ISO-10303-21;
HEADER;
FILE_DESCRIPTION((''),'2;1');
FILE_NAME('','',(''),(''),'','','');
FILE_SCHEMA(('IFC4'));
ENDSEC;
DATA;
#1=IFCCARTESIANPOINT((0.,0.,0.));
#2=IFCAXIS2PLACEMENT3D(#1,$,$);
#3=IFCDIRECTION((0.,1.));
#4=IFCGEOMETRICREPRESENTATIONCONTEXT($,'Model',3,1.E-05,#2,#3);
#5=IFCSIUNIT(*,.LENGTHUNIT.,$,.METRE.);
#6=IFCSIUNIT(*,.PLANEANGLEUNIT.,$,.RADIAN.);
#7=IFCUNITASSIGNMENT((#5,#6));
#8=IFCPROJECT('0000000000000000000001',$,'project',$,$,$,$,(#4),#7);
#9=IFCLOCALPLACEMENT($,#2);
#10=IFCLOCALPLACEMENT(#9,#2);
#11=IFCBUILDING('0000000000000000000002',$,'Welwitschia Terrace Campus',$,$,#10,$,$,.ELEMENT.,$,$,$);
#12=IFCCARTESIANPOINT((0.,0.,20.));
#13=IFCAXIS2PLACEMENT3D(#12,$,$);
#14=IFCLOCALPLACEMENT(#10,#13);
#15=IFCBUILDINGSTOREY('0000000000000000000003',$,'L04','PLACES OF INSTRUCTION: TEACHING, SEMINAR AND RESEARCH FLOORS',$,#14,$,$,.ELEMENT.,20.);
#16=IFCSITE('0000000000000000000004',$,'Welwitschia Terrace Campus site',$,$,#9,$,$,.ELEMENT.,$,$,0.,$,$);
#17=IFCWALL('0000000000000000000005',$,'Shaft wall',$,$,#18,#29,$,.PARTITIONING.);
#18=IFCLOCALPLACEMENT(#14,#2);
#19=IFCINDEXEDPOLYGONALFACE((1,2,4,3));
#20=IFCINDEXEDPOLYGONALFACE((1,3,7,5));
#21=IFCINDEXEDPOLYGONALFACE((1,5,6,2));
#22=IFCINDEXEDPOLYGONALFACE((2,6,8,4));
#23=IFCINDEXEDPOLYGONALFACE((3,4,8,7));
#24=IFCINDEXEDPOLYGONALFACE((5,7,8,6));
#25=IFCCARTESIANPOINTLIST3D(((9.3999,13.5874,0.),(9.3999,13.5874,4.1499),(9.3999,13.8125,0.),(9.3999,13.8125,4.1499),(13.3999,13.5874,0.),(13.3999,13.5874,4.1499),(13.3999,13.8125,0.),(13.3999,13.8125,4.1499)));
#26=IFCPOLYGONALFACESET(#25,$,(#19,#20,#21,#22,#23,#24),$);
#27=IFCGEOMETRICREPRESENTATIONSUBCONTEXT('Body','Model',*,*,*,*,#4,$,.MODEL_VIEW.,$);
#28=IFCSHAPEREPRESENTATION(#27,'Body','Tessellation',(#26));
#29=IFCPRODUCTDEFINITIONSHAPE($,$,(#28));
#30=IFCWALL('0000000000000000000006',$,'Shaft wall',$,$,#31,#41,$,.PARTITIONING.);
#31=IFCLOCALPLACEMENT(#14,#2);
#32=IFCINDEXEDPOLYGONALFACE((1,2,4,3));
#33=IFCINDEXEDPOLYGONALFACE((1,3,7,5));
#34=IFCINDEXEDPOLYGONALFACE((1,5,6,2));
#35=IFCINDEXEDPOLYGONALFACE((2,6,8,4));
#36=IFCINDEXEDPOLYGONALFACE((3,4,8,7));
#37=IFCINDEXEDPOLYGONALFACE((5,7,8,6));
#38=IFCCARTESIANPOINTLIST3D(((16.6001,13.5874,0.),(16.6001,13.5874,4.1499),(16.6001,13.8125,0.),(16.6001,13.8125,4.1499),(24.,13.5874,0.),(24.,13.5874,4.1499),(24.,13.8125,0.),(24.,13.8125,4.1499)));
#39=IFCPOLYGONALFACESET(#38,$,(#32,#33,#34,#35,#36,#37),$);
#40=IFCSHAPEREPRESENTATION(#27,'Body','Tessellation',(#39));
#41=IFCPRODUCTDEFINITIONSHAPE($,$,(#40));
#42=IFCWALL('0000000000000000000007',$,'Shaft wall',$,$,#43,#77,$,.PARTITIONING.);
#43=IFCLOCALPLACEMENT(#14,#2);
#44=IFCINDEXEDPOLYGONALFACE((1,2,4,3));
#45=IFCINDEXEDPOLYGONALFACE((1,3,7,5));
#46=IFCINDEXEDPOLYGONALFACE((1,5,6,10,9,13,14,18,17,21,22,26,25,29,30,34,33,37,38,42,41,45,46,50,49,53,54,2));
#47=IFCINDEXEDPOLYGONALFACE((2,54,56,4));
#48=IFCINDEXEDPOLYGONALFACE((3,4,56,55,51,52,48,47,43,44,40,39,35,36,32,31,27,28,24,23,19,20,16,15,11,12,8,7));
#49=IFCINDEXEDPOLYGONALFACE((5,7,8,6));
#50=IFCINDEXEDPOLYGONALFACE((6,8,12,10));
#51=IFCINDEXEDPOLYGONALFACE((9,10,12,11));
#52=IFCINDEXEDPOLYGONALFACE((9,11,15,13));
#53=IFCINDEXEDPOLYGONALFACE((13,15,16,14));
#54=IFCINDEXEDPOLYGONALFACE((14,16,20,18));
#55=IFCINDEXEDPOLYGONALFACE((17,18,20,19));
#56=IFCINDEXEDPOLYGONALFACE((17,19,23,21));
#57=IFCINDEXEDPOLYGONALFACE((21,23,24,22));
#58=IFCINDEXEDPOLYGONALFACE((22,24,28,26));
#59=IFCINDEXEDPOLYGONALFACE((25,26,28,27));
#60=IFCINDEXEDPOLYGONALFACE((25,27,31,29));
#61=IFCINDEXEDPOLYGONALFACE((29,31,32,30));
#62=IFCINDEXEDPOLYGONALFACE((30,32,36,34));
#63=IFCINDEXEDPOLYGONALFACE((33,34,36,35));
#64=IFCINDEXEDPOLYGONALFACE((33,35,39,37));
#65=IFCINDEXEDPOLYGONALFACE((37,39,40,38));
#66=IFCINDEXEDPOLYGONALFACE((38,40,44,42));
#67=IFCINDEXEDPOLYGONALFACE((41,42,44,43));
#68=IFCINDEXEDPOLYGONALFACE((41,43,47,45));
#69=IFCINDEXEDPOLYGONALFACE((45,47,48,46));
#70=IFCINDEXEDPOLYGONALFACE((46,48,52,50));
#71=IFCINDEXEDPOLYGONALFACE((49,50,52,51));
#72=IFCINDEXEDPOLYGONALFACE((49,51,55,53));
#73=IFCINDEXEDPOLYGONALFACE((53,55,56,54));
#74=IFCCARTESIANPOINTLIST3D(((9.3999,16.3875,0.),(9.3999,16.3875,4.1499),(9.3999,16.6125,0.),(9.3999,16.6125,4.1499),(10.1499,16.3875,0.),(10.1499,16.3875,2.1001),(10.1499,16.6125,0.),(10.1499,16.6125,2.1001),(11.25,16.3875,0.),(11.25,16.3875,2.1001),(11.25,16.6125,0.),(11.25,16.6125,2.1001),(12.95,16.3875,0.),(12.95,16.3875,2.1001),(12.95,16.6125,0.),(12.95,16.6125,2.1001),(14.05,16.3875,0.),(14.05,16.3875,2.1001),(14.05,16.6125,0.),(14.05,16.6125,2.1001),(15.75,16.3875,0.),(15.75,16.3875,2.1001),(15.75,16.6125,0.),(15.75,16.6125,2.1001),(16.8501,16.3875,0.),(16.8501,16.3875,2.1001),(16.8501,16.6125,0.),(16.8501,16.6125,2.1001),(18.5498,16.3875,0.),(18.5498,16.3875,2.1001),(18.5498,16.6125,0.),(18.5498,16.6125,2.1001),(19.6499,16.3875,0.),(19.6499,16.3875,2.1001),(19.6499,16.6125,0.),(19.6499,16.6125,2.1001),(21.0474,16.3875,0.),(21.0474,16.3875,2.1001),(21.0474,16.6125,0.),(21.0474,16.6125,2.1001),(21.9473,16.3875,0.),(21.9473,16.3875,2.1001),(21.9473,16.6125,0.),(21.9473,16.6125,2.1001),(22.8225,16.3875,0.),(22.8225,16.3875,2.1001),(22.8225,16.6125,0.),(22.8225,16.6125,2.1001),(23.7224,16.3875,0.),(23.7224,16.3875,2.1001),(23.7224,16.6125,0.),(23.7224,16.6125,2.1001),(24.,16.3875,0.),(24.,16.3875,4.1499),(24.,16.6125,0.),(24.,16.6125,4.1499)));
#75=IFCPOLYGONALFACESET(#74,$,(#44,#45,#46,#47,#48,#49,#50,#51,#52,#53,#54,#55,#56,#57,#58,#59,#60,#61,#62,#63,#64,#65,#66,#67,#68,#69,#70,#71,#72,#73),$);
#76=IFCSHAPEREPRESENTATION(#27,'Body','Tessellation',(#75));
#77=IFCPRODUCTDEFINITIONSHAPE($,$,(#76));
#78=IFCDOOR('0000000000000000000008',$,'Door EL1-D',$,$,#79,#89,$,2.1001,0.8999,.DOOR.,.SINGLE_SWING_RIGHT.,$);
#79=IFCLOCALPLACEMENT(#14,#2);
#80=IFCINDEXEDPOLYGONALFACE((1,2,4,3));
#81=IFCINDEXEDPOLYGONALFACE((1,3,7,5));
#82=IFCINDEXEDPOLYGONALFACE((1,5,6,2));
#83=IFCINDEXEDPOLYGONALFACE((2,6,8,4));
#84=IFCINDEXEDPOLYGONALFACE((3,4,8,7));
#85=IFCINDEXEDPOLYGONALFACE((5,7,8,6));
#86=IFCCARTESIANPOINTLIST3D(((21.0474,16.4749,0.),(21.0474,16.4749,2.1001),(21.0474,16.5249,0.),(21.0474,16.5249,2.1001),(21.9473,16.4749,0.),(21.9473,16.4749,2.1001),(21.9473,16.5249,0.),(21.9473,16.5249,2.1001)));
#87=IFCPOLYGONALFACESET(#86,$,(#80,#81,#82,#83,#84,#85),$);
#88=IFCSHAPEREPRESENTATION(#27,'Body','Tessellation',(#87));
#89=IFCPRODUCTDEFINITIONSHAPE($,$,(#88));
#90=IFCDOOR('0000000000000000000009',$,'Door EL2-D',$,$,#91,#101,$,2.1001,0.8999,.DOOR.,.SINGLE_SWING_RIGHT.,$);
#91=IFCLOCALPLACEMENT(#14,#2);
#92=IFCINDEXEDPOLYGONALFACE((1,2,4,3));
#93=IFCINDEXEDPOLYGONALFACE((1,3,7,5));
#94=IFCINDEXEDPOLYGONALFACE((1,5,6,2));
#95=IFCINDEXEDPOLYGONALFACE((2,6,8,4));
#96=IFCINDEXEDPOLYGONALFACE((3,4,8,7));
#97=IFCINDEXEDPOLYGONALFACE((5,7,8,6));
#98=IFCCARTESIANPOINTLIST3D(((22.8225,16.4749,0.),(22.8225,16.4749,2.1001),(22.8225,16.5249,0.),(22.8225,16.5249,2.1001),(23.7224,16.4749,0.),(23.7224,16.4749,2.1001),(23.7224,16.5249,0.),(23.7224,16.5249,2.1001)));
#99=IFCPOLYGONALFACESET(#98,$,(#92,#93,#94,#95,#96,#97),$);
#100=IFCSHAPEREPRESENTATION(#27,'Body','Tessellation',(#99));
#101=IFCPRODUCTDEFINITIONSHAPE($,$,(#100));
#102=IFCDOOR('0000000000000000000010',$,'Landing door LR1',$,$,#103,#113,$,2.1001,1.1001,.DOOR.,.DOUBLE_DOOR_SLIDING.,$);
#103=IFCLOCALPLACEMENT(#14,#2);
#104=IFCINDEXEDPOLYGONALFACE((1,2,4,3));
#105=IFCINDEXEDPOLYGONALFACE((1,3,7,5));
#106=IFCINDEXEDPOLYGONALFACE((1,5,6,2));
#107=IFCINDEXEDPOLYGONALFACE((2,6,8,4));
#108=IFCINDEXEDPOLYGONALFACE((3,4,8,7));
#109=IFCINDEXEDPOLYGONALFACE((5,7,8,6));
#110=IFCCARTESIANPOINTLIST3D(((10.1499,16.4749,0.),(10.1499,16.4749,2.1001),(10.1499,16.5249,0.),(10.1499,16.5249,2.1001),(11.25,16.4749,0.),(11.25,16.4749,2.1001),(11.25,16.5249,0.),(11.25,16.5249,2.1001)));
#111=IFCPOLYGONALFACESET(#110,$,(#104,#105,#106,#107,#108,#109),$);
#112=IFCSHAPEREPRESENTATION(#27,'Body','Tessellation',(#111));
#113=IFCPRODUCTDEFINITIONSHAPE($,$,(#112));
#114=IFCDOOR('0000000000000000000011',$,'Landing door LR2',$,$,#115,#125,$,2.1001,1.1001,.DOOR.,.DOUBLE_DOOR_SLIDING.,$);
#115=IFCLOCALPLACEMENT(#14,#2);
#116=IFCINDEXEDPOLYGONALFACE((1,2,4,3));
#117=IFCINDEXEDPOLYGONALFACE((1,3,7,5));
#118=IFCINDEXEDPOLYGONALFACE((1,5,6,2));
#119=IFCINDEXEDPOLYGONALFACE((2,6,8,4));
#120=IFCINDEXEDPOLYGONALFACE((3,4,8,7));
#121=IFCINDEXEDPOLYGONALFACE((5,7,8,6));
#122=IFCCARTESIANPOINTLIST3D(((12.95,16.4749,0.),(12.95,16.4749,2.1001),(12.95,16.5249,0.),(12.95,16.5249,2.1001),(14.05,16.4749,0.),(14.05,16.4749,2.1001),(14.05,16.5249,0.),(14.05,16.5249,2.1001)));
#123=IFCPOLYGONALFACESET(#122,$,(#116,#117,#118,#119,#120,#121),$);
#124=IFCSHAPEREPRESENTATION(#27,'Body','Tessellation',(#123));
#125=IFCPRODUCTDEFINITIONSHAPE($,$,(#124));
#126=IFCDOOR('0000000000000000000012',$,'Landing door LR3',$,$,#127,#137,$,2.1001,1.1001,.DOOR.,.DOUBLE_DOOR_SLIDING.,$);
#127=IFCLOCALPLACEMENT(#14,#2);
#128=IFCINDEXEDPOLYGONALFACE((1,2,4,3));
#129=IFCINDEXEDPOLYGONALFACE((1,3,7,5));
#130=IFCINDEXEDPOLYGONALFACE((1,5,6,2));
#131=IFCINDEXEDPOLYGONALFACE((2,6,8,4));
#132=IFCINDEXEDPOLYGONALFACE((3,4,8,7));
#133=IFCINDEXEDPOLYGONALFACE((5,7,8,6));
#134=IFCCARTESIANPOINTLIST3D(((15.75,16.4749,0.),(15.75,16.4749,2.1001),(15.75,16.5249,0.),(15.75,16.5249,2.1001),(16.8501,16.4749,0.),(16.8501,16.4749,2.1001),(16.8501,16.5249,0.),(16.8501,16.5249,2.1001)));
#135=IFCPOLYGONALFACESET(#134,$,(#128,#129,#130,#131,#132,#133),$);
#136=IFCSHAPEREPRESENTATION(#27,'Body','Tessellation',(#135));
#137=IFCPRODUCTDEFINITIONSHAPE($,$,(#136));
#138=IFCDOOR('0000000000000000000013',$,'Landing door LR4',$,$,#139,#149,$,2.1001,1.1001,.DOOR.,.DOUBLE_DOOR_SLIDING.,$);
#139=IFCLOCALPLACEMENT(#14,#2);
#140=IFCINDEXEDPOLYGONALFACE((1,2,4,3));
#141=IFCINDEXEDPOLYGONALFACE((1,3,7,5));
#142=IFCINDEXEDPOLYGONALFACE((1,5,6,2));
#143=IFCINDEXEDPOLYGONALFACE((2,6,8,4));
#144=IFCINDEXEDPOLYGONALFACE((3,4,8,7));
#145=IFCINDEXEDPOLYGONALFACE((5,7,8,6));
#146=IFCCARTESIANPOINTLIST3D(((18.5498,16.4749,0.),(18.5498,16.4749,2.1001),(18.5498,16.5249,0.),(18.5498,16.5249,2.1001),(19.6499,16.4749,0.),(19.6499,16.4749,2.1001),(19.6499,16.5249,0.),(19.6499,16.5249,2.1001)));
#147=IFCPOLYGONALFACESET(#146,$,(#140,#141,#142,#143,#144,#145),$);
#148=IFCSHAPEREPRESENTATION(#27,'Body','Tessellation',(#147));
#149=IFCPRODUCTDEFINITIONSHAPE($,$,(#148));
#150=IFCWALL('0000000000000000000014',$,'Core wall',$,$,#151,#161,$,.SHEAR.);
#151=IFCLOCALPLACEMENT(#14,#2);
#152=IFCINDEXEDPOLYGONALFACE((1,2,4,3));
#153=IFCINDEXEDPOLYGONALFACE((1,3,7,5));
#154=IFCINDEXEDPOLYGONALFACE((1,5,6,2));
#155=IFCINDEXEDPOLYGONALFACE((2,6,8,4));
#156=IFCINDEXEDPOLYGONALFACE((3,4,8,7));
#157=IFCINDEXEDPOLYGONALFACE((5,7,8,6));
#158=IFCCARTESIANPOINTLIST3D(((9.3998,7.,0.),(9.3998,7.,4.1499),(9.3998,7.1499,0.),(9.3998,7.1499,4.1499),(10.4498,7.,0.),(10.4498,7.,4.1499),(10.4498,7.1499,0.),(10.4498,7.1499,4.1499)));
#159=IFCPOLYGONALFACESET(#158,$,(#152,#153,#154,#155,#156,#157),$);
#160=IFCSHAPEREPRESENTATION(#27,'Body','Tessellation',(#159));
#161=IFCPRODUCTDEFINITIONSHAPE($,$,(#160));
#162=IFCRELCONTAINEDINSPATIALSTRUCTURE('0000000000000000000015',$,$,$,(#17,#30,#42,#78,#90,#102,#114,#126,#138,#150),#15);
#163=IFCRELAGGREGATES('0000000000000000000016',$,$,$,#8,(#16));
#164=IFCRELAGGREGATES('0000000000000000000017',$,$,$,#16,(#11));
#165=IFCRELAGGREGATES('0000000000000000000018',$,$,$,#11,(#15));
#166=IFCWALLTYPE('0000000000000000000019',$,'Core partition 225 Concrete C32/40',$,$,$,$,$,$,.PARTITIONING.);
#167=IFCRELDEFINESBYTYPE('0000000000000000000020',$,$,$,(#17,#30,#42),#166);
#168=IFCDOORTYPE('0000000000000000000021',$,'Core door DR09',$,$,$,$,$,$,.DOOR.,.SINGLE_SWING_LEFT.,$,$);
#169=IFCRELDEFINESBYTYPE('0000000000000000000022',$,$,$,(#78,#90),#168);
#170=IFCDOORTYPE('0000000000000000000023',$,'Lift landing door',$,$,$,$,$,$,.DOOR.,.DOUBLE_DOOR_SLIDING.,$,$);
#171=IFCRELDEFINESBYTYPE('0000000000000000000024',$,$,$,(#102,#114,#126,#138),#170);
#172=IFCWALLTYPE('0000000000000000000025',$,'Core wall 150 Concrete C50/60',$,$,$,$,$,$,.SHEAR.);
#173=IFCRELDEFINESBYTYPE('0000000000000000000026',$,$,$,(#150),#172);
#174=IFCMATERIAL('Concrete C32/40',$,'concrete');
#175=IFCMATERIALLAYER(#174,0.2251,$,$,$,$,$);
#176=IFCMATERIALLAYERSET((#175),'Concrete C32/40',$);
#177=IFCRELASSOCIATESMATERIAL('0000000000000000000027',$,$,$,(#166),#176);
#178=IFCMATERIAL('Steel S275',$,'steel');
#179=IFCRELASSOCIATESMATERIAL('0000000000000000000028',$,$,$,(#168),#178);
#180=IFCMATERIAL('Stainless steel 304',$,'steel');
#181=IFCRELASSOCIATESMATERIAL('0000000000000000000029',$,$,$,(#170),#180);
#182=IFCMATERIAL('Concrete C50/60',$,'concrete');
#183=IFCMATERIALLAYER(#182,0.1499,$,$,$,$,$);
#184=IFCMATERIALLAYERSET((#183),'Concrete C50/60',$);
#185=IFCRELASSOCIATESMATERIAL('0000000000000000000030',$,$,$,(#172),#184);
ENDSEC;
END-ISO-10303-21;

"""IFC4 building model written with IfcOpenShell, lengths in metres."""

from ifc_helpers import new_model, si_unit, direction, frame, frame_2d, origin, place, context, subcontext, project, spatial, rectangle, extrude, material, layer, layer_set, type_object, element, fill, save


model = new_model("IFC4")

# Units and contexts
model_context = context("Model", 3, precision=1e-05, world=origin(), true_north=direction((0.0, 1.0)))
body_context = subcontext(model_context, "Body", "Model", "MODEL_VIEW")
ifc_project = project(units=[si_unit("LENGTHUNIT", "METRE"), si_unit("PLANEANGLEUNIT", "RADIAN")], contexts=[model_context])

# Site, building, storey
site_placement = place(None, origin())
site = spatial("IfcSite", under=ifc_project, at=site_placement, Name="Welwitschia Terrace Campus site", CompositionType="ELEMENT", RefElevation=0.0)
building_placement = place(site_placement, origin())
building = spatial("IfcBuilding", under=site, at=building_placement, Name="Welwitschia Terrace Campus", CompositionType="ELEMENT")
storey_placement = place(building_placement, frame((0.0, 0.0, 20.0)))
storey = spatial("IfcBuildingStorey", under=building, at=storey_placement, Name="L04", Description="PLACES OF INSTRUCTION: TEACHING, SEMINAR AND RESEARCH FLOORS", CompositionType="ELEMENT", Elevation=20.0)

# Walls
ifc_material_1 = material(Name="Concrete C32/40", Category="concrete")
ifc_layer_1 = layer(ifc_material_1, 0.2251)
ifc_layer_set_1 = layer_set([ifc_layer_1], Name="Concrete C32/40")
wall_type_1 = type_object("IfcWallType", Name="Core partition 225 Concrete C32/40", PredefinedType="PARTITIONING", material=ifc_layer_set_1)
wall_1_placement = place(storey_placement, frame((9.3999, 13.7, 0.0), z_axis=(0.0, 0.0, 1.0), x_axis=(1.0, 0.0, 0.0)))
element("IfcWall", 1, at=wall_1_placement, inside=storey, type_object=wall_type_1, Name="Shaft wall", PredefinedType="PARTITIONING", context=body_context, shape_type="SweptSolid", body=[
    extrude(rectangle(XDim=4.0, YDim=0.2251, at=frame_2d((2.0, 0.0))), origin(), (0.0, 0.0, 1.0), 4.1499),
])
wall_2_placement = place(storey_placement, frame((16.6001, 13.7, 0.0), z_axis=(0.0, 0.0, 1.0), x_axis=(1.0, 0.0, 0.0)))
element("IfcWall", 2, at=wall_2_placement, inside=storey, type_object=wall_type_1, Name="Shaft wall", PredefinedType="PARTITIONING", context=body_context, shape_type="SweptSolid", body=[
    extrude(rectangle(XDim=7.3999, YDim=0.2251, at=frame_2d((3.7, 0.0))), origin(), (0.0, 0.0, 1.0), 4.1499),
])

# Wall, openings, doors
wall_3_placement = place(storey_placement, frame((9.3999, 16.5, 0.0), z_axis=(0.0, 0.0, 1.0), x_axis=(1.0, 0.0, 0.0)))
wall_3 = element("IfcWall", 3, at=wall_3_placement, inside=storey, type_object=wall_type_1, Name="Shaft wall", PredefinedType="PARTITIONING", context=body_context, shape_type="SweptSolid", body=[
    extrude(rectangle(XDim=14.6001, YDim=0.2251, at=frame_2d((7.3, 0.0))), origin(), (0.0, 0.0, 1.0), 4.1499),
])
opening_1_placement = place(wall_3_placement, frame((0.75, 0.0, 0.0)))
opening_1 = element("IfcOpeningElement", 4, at=opening_1_placement, cuts=wall_3, PredefinedType="OPENING", context=body_context, shape_type="SweptSolid", body=[
    extrude(rectangle(XDim=1.1001, YDim=2.1001, at=frame_2d((0.55, 1.05))), frame((0.0, 0.1226, 0.0), z_axis=(0.0, -1.0, 0.0), x_axis=(1.0, 0.0, 0.0)), (0.0, 0.0, 1.0), 0.2451),
])
opening_2_placement = place(wall_3_placement, frame((3.55, 0.0, 0.0)))
opening_2 = element("IfcOpeningElement", 5, at=opening_2_placement, cuts=wall_3, PredefinedType="OPENING", context=body_context, shape_type="SweptSolid", body=[
    extrude(rectangle(XDim=1.1001, YDim=2.1001, at=frame_2d((0.55, 1.05))), frame((0.0, 0.1226, 0.0), z_axis=(0.0, -1.0, 0.0), x_axis=(1.0, 0.0, 0.0)), (0.0, 0.0, 1.0), 0.2451),
])
opening_3_placement = place(wall_3_placement, frame((6.3501, 0.0, 0.0)))
opening_3 = element("IfcOpeningElement", 6, at=opening_3_placement, cuts=wall_3, PredefinedType="OPENING", context=body_context, shape_type="SweptSolid", body=[
    extrude(rectangle(XDim=1.1001, YDim=2.1001, at=frame_2d((0.55, 1.05))), frame((0.0, 0.1226, 0.0), z_axis=(0.0, -1.0, 0.0), x_axis=(1.0, 0.0, 0.0)), (0.0, 0.0, 1.0), 0.2451),
])
opening_4_placement = place(wall_3_placement, frame((9.1499, 0.0, 0.0)))
opening_4 = element("IfcOpeningElement", 7, at=opening_4_placement, cuts=wall_3, PredefinedType="OPENING", context=body_context, shape_type="SweptSolid", body=[
    extrude(rectangle(XDim=1.1001, YDim=2.1001, at=frame_2d((0.55, 1.05))), frame((0.0, 0.1226, 0.0), z_axis=(0.0, -1.0, 0.0), x_axis=(1.0, 0.0, 0.0)), (0.0, 0.0, 1.0), 0.2451),
])
opening_5_placement = place(wall_3_placement, frame((11.6475, 0.0, 0.0)))
opening_5 = element("IfcOpeningElement", 8, at=opening_5_placement, cuts=wall_3, PredefinedType="OPENING", context=body_context, shape_type="SweptSolid", body=[
    extrude(rectangle(XDim=0.8999, YDim=2.1001, at=frame_2d((0.45, 1.05))), frame((0.0, 0.1226, 0.0), z_axis=(0.0, -1.0, 0.0), x_axis=(1.0, 0.0, 0.0)), (0.0, 0.0, 1.0), 0.2451),
])
opening_6_placement = place(wall_3_placement, frame((13.4226, 0.0, 0.0)))
opening_6 = element("IfcOpeningElement", 9, at=opening_6_placement, cuts=wall_3, PredefinedType="OPENING", context=body_context, shape_type="SweptSolid", body=[
    extrude(rectangle(XDim=0.8999, YDim=2.1001, at=frame_2d((0.45, 1.05))), frame((0.0, 0.1226, 0.0), z_axis=(0.0, -1.0, 0.0), x_axis=(1.0, 0.0, 0.0)), (0.0, 0.0, 1.0), 0.2451),
])
ifc_material_2 = material(Name="Steel S275", Category="steel")
door_type_1 = type_object("IfcDoorType", Name="Core door DR09", OperationType="SINGLE_SWING_LEFT", PredefinedType="DOOR", material=ifc_material_2)
door_1_placement = place(opening_5_placement, origin())
door_1 = element("IfcDoor", 10, at=door_1_placement, inside=storey, type_object=door_type_1, Name="Door EL1-D", OperationType="SINGLE_SWING_RIGHT", OverallHeight=2.1001, OverallWidth=0.8999, PredefinedType="DOOR", context=body_context, shape_type="SweptSolid", body=[
    extrude(rectangle(XDim=0.8999, YDim=2.1001, at=frame_2d((0.45, 1.05))), frame((0.0, 0.0249, 0.0), z_axis=(0.0, -1.0, 0.0), x_axis=(1.0, 0.0, 0.0)), (0.0, 0.0, 1.0), 0.05),
])
fill(opening_5, door_1)
door_2_placement = place(opening_6_placement, origin())
door_2 = element("IfcDoor", 11, at=door_2_placement, inside=storey, type_object=door_type_1, Name="Door EL2-D", OperationType="SINGLE_SWING_RIGHT", OverallHeight=2.1001, OverallWidth=0.8999, PredefinedType="DOOR", context=body_context, shape_type="SweptSolid", body=[
    extrude(rectangle(XDim=0.8999, YDim=2.1001, at=frame_2d((0.45, 1.05))), frame((0.0, 0.0249, 0.0), z_axis=(0.0, -1.0, 0.0), x_axis=(1.0, 0.0, 0.0)), (0.0, 0.0, 1.0), 0.05),
])
fill(opening_6, door_2)
ifc_material_3 = material(Name="Stainless steel 304", Category="steel")
door_type_2 = type_object("IfcDoorType", Name="Lift landing door", OperationType="DOUBLE_DOOR_SLIDING", PredefinedType="DOOR", material=ifc_material_3)
door_3_placement = place(opening_1_placement, origin())
door_3 = element("IfcDoor", 12, at=door_3_placement, inside=storey, type_object=door_type_2, Name="Landing door LR1", OperationType="DOUBLE_DOOR_SLIDING", OverallHeight=2.1001, OverallWidth=1.1001, PredefinedType="DOOR", context=body_context, shape_type="SweptSolid", body=[
    extrude(rectangle(XDim=1.1001, YDim=2.1001, at=frame_2d((0.55, 1.05))), frame((0.0, 0.0249, 0.0), z_axis=(0.0, -1.0, 0.0), x_axis=(1.0, 0.0, 0.0)), (0.0, 0.0, 1.0), 0.05),
])
fill(opening_1, door_3)
door_4_placement = place(opening_2_placement, origin())
door_4 = element("IfcDoor", 13, at=door_4_placement, inside=storey, type_object=door_type_2, Name="Landing door LR2", OperationType="DOUBLE_DOOR_SLIDING", OverallHeight=2.1001, OverallWidth=1.1001, PredefinedType="DOOR", context=body_context, shape_type="SweptSolid", body=[
    extrude(rectangle(XDim=1.1001, YDim=2.1001, at=frame_2d((0.55, 1.05))), frame((0.0, 0.0249, 0.0), z_axis=(0.0, -1.0, 0.0), x_axis=(1.0, 0.0, 0.0)), (0.0, 0.0, 1.0), 0.05),
])
fill(opening_2, door_4)
door_5_placement = place(opening_3_placement, origin())
door_5 = element("IfcDoor", 14, at=door_5_placement, inside=storey, type_object=door_type_2, Name="Landing door LR3", OperationType="DOUBLE_DOOR_SLIDING", OverallHeight=2.1001, OverallWidth=1.1001, PredefinedType="DOOR", context=body_context, shape_type="SweptSolid", body=[
    extrude(rectangle(XDim=1.1001, YDim=2.1001, at=frame_2d((0.55, 1.05))), frame((0.0, 0.0249, 0.0), z_axis=(0.0, -1.0, 0.0), x_axis=(1.0, 0.0, 0.0)), (0.0, 0.0, 1.0), 0.05),
])
fill(opening_3, door_5)
door_6_placement = place(opening_4_placement, origin())
door_6 = element("IfcDoor", 15, at=door_6_placement, inside=storey, type_object=door_type_2, Name="Landing door LR4", OperationType="DOUBLE_DOOR_SLIDING", OverallHeight=2.1001, OverallWidth=1.1001, PredefinedType="DOOR", context=body_context, shape_type="SweptSolid", body=[
    extrude(rectangle(XDim=1.1001, YDim=2.1001, at=frame_2d((0.55, 1.05))), frame((0.0, 0.0249, 0.0), z_axis=(0.0, -1.0, 0.0), x_axis=(1.0, 0.0, 0.0)), (0.0, 0.0, 1.0), 0.05),
])
fill(opening_4, door_6)

# Wall
ifc_material_4 = material(Name="Concrete C50/60", Category="concrete")
ifc_layer_2 = layer(ifc_material_4, 0.1499)
ifc_layer_set_2 = layer_set([ifc_layer_2], Name="Concrete C50/60")
wall_type_2 = type_object("IfcWallType", Name="Core wall 150 Concrete C50/60", PredefinedType="SHEAR", material=ifc_layer_set_2)
for number, where, z_axis, x_axis, name in (
    (16, (9.3999, 7.075, 0.0), (0.0, 0.0, 1.0), (1.0, 0.0, 0.0), "Core wall"),
):
    element("IfcWall", number, at=place(storey_placement, frame(where, z_axis=z_axis, x_axis=x_axis)), inside=storey, type_object=wall_type_2, Name=name, PredefinedType="SHEAR", context=body_context, shape_type="SweptSolid", body=[
        extrude(rectangle(XDim=1.05, YDim=0.1499, at=frame_2d((0.5249, 0.0))), origin(), (0.0, 0.0, 1.0), 4.1499),
    ])

save(model, "model.ifc")
